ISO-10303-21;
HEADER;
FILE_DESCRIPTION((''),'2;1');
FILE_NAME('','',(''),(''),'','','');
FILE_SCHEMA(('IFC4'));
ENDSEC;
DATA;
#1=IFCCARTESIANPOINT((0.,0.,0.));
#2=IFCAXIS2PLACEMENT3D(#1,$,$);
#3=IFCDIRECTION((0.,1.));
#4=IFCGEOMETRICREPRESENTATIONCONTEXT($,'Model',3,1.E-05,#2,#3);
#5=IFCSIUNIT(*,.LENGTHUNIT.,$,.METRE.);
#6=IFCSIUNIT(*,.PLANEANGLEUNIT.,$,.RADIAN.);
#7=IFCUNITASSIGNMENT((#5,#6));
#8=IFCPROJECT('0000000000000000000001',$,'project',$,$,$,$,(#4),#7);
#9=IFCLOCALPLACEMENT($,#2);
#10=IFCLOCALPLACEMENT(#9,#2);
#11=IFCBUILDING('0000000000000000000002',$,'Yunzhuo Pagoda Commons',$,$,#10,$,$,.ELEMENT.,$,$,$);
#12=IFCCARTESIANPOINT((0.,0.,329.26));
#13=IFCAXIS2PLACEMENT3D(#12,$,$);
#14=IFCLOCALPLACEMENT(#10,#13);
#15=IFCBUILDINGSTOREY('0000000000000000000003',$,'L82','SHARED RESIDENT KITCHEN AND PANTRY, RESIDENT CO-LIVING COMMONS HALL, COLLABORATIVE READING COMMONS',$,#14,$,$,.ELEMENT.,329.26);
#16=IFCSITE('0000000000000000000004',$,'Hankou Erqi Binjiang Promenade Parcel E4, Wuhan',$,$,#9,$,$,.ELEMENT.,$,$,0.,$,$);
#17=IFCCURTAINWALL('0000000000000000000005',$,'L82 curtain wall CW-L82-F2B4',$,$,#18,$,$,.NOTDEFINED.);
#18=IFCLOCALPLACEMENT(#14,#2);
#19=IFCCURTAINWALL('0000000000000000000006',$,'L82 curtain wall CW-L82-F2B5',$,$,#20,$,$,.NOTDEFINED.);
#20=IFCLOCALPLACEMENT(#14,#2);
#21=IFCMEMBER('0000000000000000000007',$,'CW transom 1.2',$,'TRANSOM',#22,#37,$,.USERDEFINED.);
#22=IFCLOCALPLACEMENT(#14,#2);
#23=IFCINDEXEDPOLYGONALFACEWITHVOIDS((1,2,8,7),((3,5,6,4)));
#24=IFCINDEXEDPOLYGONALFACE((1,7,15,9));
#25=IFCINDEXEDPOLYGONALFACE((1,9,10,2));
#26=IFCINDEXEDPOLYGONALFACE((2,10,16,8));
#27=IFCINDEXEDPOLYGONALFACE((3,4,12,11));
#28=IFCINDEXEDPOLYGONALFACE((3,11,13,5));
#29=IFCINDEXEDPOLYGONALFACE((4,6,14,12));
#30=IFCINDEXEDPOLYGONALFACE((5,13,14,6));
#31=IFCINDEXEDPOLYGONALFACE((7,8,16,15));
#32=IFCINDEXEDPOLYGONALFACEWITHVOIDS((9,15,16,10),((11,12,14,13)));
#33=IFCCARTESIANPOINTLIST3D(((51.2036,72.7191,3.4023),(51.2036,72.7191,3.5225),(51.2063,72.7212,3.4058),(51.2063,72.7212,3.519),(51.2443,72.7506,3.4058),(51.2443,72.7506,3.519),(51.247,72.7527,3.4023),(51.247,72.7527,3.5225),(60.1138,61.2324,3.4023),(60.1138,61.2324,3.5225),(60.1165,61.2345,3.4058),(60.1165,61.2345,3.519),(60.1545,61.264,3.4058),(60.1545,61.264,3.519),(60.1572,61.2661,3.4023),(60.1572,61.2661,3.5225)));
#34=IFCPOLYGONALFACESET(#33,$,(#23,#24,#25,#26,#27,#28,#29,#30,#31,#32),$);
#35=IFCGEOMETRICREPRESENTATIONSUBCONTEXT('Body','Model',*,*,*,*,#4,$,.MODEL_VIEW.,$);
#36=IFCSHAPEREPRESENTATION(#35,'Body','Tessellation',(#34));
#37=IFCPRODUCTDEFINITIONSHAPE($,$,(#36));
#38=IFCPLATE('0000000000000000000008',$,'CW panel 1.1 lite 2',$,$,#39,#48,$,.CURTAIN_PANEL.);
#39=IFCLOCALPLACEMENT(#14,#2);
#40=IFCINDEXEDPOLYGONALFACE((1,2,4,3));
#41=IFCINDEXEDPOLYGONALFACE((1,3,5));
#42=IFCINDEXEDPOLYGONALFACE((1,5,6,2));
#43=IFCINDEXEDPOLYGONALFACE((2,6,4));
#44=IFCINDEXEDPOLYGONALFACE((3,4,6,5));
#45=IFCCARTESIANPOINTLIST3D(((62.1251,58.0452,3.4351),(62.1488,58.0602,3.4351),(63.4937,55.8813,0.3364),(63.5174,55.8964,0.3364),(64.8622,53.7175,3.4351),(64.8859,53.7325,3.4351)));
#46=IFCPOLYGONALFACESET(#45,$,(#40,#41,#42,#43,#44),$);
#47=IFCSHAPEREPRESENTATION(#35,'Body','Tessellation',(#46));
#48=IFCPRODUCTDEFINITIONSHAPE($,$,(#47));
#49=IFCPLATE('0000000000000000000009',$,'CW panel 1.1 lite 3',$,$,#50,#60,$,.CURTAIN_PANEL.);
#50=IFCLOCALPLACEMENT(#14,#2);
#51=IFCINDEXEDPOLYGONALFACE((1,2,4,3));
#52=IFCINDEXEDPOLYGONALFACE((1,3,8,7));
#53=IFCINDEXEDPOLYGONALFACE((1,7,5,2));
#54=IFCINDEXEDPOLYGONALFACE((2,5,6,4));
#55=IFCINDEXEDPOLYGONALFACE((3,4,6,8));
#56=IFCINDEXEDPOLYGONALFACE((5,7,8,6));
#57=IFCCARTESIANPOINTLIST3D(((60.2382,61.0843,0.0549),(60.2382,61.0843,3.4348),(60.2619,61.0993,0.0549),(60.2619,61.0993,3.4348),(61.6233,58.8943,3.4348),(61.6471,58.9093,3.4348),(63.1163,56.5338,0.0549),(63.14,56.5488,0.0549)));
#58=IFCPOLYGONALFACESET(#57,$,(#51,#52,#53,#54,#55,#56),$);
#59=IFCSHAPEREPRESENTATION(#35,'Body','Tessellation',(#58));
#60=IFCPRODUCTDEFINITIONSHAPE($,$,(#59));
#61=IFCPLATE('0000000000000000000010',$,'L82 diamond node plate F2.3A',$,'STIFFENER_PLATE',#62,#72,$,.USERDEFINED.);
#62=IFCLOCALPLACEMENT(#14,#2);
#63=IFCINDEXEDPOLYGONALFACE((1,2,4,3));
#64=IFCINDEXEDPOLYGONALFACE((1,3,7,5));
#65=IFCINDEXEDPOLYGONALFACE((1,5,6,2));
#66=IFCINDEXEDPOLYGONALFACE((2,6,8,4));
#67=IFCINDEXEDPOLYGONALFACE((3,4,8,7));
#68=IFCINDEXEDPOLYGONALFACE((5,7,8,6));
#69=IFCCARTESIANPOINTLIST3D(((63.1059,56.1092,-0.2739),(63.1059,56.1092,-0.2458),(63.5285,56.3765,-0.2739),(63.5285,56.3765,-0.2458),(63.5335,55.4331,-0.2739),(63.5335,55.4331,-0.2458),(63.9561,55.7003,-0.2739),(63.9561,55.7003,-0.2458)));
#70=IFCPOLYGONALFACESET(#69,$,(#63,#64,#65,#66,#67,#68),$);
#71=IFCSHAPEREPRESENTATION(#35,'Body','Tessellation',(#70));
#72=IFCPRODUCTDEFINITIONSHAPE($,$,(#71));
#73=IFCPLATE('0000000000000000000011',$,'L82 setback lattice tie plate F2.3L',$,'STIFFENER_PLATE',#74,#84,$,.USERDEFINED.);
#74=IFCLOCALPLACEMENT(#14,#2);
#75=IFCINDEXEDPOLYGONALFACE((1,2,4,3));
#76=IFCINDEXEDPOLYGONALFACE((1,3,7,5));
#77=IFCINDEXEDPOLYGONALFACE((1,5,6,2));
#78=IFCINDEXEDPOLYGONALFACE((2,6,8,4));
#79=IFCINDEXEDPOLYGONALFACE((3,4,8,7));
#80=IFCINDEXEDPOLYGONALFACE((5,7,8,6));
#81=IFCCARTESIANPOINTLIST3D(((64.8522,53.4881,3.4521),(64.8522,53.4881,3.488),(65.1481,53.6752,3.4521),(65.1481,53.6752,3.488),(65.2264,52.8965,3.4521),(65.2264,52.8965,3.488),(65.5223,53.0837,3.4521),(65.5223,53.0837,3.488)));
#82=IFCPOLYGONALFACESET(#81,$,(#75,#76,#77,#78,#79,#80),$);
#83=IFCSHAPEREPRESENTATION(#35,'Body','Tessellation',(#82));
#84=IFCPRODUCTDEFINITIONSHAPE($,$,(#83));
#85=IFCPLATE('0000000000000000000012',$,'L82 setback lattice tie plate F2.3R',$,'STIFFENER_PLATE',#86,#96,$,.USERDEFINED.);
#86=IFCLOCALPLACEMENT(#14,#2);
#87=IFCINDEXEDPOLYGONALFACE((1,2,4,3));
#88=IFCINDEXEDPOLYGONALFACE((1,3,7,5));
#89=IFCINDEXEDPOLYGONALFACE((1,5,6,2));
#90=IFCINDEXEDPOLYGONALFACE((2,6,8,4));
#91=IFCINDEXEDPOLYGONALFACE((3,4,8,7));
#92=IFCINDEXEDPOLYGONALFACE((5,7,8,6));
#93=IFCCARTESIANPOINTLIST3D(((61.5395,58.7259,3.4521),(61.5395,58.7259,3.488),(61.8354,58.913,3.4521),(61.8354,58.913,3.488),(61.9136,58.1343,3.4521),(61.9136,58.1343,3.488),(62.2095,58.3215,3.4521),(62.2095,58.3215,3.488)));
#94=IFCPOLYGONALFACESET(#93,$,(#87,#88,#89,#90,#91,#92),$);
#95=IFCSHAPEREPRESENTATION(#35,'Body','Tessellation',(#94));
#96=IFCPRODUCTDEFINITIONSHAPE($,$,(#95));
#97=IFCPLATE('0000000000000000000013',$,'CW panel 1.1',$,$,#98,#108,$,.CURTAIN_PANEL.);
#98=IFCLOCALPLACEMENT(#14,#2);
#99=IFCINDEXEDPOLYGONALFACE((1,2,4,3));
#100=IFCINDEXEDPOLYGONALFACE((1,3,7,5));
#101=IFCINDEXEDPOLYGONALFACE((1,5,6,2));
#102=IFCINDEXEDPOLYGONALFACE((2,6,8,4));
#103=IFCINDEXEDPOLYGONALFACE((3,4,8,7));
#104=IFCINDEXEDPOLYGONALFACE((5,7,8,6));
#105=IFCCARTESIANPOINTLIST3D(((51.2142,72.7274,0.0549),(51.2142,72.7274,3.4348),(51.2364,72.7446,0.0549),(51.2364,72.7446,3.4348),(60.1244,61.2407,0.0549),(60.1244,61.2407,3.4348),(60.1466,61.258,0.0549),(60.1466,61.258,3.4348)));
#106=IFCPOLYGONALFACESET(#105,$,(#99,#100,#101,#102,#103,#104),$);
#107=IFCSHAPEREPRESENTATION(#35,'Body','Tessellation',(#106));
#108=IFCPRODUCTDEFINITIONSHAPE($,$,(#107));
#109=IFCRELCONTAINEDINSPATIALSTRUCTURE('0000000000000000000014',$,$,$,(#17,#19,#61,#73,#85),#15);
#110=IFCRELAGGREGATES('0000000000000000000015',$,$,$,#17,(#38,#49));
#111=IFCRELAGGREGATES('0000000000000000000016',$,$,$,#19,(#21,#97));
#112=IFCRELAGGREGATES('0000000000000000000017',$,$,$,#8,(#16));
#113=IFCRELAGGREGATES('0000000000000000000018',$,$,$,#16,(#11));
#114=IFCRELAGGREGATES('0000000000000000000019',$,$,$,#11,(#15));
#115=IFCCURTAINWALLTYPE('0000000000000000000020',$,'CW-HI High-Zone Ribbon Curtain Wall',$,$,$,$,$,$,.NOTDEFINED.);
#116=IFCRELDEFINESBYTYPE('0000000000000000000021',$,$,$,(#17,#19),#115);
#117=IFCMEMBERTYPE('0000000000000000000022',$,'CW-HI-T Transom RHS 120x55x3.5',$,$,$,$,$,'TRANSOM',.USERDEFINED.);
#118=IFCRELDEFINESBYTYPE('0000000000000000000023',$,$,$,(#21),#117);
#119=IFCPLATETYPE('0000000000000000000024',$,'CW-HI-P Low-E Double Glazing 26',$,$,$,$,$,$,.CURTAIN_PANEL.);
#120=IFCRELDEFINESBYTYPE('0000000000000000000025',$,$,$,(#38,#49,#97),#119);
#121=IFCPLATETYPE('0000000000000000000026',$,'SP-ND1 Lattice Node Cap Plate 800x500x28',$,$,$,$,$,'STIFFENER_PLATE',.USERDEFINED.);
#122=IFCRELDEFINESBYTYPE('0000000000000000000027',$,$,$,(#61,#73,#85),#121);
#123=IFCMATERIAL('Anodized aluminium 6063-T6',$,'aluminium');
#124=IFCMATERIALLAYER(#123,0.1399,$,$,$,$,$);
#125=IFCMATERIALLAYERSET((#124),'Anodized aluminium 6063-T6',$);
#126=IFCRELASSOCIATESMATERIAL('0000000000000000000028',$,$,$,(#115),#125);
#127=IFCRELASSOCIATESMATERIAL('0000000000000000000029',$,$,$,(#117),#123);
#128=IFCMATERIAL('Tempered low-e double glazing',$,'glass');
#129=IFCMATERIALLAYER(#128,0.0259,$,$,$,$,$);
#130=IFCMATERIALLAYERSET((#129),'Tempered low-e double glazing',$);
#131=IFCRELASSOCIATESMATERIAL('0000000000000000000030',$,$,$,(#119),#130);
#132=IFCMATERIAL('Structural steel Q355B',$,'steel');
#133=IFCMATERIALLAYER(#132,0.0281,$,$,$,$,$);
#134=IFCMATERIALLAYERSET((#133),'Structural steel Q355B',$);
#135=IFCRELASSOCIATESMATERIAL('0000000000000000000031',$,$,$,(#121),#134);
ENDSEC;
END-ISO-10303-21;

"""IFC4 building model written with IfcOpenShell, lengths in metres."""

from ifc_helpers import new_model, si_unit, direction, frame, origin, origin_2d, place, context, subcontext, project, spatial, polyline, rectangle, hollow_rectangle, outline, extrude, source, transform, mapped, material, layer, layer_set, material_profile, profile_set, type_object, element, aggregate, save


model = new_model("IFC4")

# Units and contexts
model_context = context("Model", 3, precision=1e-05, world=origin(), true_north=direction((0.0, 1.0)))
body_context = subcontext(model_context, "Body", "Model", "MODEL_VIEW")
ifc_project = project(units=[si_unit("LENGTHUNIT", "METRE"), si_unit("PLANEANGLEUNIT", "RADIAN")], contexts=[model_context])

# Site, building, storey
site_placement = place(None, origin())
site = spatial("IfcSite", under=ifc_project, at=site_placement, Name="Hankou Erqi Binjiang Promenade Parcel E4, Wuhan", CompositionType="ELEMENT", RefElevation=0.0)
building_placement = place(site_placement, origin())
building = spatial("IfcBuilding", under=site, at=building_placement, Name="Yunzhuo Pagoda Commons", CompositionType="ELEMENT")
storey_placement = place(building_placement, frame((0.0, 0.0, 329.26)))
storey = spatial("IfcBuildingStorey", under=building, at=storey_placement, Name="L82", Description="SHARED RESIDENT KITCHEN AND PANTRY, RESIDENT CO-LIVING COMMONS HALL, COLLABORATIVE READING COMMONS", CompositionType="ELEMENT", Elevation=329.26)

# Shared definitions
ifc_material_1 = material(Name="Structural steel Q355B", Category="steel")

# Curtain wall
ifc_material_2 = material(Name="Anodized aluminium 6063-T6", Category="aluminium")
ifc_layer_1 = layer(ifc_material_2, 0.1399)
ifc_layer_set_1 = layer_set([ifc_layer_1], Name="Anodized aluminium 6063-T6")
curtain_wall_type = type_object("IfcCurtainWallType", Name="CW-HI High-Zone Ribbon Curtain Wall", PredefinedType="NOTDEFINED", material=ifc_layer_set_1)
curtain_wall_1_placement = place(storey_placement, origin())
curtain_wall_1 = element("IfcCurtainWall", 1, at=curtain_wall_1_placement, inside=storey, type_object=curtain_wall_type, Name="L82 curtain wall CW-L82-F2B4", PredefinedType="NOTDEFINED")

# Curtain wall, member
curtain_wall_2_placement = place(storey_placement, origin())
curtain_wall_2 = element("IfcCurtainWall", 2, at=curtain_wall_2_placement, inside=storey, type_object=curtain_wall_type, Name="L82 curtain wall CW-L82-F2B5", PredefinedType="NOTDEFINED")
ifc_material_profile_1 = material_profile(ifc_material_2, hollow_rectangle(XDim=0.0549, YDim=0.1201, WallThickness=0.0034, at=origin_2d()), Name="Anodized aluminium 6063-T6")
ifc_profile_set_1 = profile_set([ifc_material_profile_1], Name="Anodized aluminium 6063-T6")
member_type_1 = type_object("IfcMemberType", Name="CW-HI-T Transom RHS 120x55x3.5", ElementType="TRANSOM", PredefinedType="USERDEFINED", material=ifc_profile_set_1)
shared_shape_1 = source(origin(), body_context, "Body", "SweptSolid", [
    extrude(hollow_rectangle(XDim=0.0549, YDim=0.1201, WallThickness=0.0034, at=origin_2d()), origin(), (0.0, 0.0, 1.0), 14.5374),
])
member_1_placement = place(storey_placement, frame((60.1355, 61.2493, 3.4624), z_axis=(-0.612918, 0.790146, 0.0), x_axis=(-0.790146, -0.612918, 0.0)))
member_1 = element("IfcMember", 3, at=member_1_placement, type_object=member_type_1, Name="CW transom 1.2", ObjectType="TRANSOM", PredefinedType="USERDEFINED", context=body_context, shape_type="MappedRepresentation", body=[
    mapped(shared_shape_1, transform((0.0, 0.0, 0.0), scale=1.0)),
])

# Plates
ifc_material_3 = material(Name="Tempered low-e double glazing", Category="glass")
ifc_layer_2 = layer(ifc_material_3, 0.0259)
ifc_layer_set_2 = layer_set([ifc_layer_2], Name="Tempered low-e double glazing")
plate_type_1 = type_object("IfcPlateType", Name="CW-HI-P Low-E Double Glazing 26", PredefinedType="CURTAIN_PANEL", material=ifc_layer_set_2)
plate_1_placement = place(storey_placement, frame((63.4937, 55.8813, 1.8857), z_axis=(0.845149, 0.534531, 0.0), x_axis=(-0.534531, 0.845149, 0.0)))
plate_1 = element("IfcPlate", 4, at=plate_1_placement, type_object=plate_type_1, Name="CW panel 1.1 lite 2", PredefinedType="CURTAIN_PANEL", context=body_context, shape_type="SweptSolid", body=[
    extrude(outline(polyline([(-2.5603, 1.5493), (0.0, -1.5493), (2.5603, 1.5493), (-2.5603, 1.5493)])), origin(), (0.0, 0.0, 1.0), 0.0281),
])
plate_2_placement = place(storey_placement, frame((61.6772, 58.8091, 1.7449), z_axis=(0.845149, 0.534531, 0.0), x_axis=(-0.534531, 0.845149, 0.0)))
plate_2 = element("IfcPlate", 5, at=plate_2_placement, type_object=plate_type_1, Name="CW panel 1.1 lite 3", PredefinedType="CURTAIN_PANEL", context=body_context, shape_type="SweptSolid", body=[
    extrude(outline(polyline([(-2.6921, -1.6899), (2.6921, -1.6899), (2.6921, 1.6899), (0.1008, 1.6899), (-2.6921, -1.6899)])), origin(), (0.0, 0.0, 1.0), 0.0281),
])
aggregate(curtain_wall_1, [plate_1, plate_2])

# Plates
ifc_layer_3 = layer(ifc_material_1, 0.0281)
ifc_layer_set_3 = layer_set([ifc_layer_3], Name="Structural steel Q355B")
plate_type_2 = type_object("IfcPlateType", Name="SP-ND1 Lattice Node Cap Plate 800x500x28", ElementType="STIFFENER_PLATE", PredefinedType="USERDEFINED", material=ifc_layer_set_3)
shared_shape_2 = source(origin(), body_context, "Body", "SweptSolid", [
    extrude(rectangle(XDim=0.8, YDim=0.5, at=origin_2d()), origin(), (0.0, 0.0, 1.0), 0.0281),
])
plate_3_placement = place(storey_placement, frame((63.531, 55.9048, -0.2739), z_axis=(0.0, 0.0, 1.0), x_axis=(-0.534529, 0.84515, 0.0)))
element("IfcPlate", 6, at=plate_3_placement, inside=storey, type_object=plate_type_2, Name="L82 diamond node plate F2.3A", ObjectType="STIFFENER_PLATE", PredefinedType="USERDEFINED", context=body_context, shape_type="MappedRepresentation", body=[
    mapped(shared_shape_2, transform((0.0, 0.0, 0.0), scale=1.0)),
])
shared_shape_3 = source(origin(), body_context, "Body", "SweptSolid", [
    extrude(rectangle(XDim=0.7, YDim=0.3501, at=origin_2d()), origin(), (0.0, 0.0, 1.0), 0.0359),
])
for number, where, z_axis, x_axis, name in (
    (7, (65.1873, 53.2859, 3.4521), (0.0, 0.0, 1.0), (-0.534529, 0.84515, 0.0), "L82 setback lattice tie plate F2.3L"),
    (8, (61.8745, 58.5237, 3.4521), (0.0, 0.0, 1.0), (-0.534529, 0.84515, 0.0), "L82 setback lattice tie plate F2.3R"),
):
    element("IfcPlate", number, at=place(storey_placement, frame(where, z_axis=z_axis, x_axis=x_axis)), inside=storey, type_object=plate_type_2, Name=name, ObjectType="STIFFENER_PLATE", PredefinedType="USERDEFINED", context=body_context, shape_type="MappedRepresentation", body=[
        mapped(shared_shape_3, transform((0.0, 0.0, 0.0), scale=1.0)),
    ])

# Plate
shared_shape_4 = source(origin(), body_context, "Body", "SweptSolid", [
    extrude(rectangle(XDim=14.5374, YDim=0.0281, at=origin_2d()), origin(), (0.0, 0.0, 1.0), 3.3799),
])
plate_4_placement = place(storey_placement, frame((55.6804, 66.9927, 0.0549), z_axis=(0.0, 0.0, 1.0), x_axis=(-0.612918, 0.790147, 0.0)))
plate_4 = element("IfcPlate", 9, at=plate_4_placement, type_object=plate_type_1, Name="CW panel 1.1", PredefinedType="CURTAIN_PANEL", context=body_context, shape_type="MappedRepresentation", body=[
    mapped(shared_shape_4, transform((0.0, 0.0, 0.0), scale=1.0)),
])
aggregate(curtain_wall_2, [member_1, plate_4])

save(model, "model.ifc")
